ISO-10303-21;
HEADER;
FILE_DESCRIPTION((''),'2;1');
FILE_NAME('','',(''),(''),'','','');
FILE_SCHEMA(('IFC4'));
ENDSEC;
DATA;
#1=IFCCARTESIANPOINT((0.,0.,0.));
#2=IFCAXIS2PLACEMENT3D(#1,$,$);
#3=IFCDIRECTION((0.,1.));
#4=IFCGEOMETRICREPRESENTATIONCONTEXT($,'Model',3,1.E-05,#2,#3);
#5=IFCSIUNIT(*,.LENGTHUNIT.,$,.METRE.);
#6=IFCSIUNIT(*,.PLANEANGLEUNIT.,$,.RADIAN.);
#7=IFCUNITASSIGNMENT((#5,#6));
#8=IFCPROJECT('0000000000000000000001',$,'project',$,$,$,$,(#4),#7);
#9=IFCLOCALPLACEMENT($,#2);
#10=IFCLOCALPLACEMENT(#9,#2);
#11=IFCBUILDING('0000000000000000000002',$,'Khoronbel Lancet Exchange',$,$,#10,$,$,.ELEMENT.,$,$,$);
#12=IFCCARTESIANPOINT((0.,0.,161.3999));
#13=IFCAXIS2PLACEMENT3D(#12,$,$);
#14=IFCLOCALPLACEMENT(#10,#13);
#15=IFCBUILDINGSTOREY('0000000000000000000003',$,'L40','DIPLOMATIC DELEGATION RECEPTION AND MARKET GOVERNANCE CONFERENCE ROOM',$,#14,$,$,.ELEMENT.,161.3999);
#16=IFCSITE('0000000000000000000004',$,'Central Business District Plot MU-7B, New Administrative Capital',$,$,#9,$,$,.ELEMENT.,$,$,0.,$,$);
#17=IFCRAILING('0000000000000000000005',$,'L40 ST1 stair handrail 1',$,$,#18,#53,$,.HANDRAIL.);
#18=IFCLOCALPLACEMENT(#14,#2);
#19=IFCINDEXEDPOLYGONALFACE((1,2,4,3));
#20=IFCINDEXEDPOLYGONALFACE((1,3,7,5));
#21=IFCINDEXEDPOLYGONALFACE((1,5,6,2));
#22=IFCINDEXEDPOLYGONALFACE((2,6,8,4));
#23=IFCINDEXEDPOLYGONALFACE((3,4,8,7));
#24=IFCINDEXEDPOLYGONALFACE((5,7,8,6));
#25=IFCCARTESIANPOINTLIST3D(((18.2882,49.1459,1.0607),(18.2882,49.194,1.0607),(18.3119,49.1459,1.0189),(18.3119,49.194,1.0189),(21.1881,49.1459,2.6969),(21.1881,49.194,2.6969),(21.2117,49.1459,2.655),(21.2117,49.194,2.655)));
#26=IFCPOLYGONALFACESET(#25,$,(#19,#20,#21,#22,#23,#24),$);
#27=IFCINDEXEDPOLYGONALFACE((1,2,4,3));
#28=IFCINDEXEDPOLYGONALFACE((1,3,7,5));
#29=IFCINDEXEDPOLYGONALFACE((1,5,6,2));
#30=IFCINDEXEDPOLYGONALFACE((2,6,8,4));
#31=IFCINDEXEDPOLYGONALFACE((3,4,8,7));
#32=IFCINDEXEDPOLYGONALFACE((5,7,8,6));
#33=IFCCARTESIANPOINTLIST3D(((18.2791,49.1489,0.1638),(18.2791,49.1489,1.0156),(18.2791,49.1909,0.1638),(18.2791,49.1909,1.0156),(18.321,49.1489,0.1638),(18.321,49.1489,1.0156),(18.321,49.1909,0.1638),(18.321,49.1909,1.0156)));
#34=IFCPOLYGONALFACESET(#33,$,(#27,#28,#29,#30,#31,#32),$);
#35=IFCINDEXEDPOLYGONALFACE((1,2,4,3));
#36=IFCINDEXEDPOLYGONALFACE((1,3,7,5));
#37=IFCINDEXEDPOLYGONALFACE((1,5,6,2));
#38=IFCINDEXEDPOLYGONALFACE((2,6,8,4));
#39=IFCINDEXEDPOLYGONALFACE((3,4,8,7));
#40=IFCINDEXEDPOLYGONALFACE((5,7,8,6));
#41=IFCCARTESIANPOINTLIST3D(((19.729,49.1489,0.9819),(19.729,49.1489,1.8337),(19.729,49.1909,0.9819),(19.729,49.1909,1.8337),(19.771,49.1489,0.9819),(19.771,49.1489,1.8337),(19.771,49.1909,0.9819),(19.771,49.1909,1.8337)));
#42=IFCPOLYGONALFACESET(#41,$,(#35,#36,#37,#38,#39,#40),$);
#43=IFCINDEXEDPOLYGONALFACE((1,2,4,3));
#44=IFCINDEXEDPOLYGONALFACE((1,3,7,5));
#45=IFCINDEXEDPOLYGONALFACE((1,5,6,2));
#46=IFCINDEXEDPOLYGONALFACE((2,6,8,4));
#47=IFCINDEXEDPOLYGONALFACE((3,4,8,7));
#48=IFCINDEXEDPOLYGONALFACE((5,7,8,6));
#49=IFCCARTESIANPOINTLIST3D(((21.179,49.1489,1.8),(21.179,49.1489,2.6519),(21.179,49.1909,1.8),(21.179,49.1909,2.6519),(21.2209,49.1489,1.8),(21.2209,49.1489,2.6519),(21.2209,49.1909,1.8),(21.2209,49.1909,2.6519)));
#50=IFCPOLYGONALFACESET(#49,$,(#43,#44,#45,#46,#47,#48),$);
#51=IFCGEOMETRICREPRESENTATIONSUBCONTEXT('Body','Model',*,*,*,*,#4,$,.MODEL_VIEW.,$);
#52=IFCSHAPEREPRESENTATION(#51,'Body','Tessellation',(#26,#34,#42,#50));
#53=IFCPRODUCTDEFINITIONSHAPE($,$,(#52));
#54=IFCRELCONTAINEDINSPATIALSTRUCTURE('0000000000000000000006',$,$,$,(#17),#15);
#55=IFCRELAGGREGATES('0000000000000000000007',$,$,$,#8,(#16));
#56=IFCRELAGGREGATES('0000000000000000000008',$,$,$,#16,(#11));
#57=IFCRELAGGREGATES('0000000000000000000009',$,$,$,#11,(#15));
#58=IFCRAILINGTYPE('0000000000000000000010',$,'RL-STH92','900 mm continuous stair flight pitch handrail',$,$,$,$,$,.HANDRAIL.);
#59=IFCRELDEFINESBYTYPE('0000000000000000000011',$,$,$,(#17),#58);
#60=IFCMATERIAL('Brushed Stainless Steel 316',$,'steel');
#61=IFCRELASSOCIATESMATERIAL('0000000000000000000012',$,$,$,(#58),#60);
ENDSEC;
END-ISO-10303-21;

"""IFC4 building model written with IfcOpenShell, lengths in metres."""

from ifc_helpers import new_model, si_unit, direction, frame, origin, origin_2d, place, context, subcontext, project, spatial, rectangle, extrude, material, type_object, element, save


model = new_model("IFC4")

# Units and contexts
model_context = context("Model", 3, precision=1e-05, world=origin(), true_north=direction((0.0, 1.0)))
body_context = subcontext(model_context, "Body", "Model", "MODEL_VIEW")
ifc_project = project(units=[si_unit("LENGTHUNIT", "METRE"), si_unit("PLANEANGLEUNIT", "RADIAN")], contexts=[model_context])

# Site, building, storey
site_placement = place(None, origin())
site = spatial("IfcSite", under=ifc_project, at=site_placement, Name="Central Business District Plot MU-7B, New Administrative Capital", CompositionType="ELEMENT", RefElevation=0.0)
building_placement = place(site_placement, origin())
building = spatial("IfcBuilding", under=site, at=building_placement, Name="Khoronbel Lancet Exchange", CompositionType="ELEMENT")
storey_placement = place(building_placement, frame((0.0, 0.0, 161.3999)))
storey = spatial("IfcBuildingStorey", under=building, at=storey_placement, Name="L40", Description="DIPLOMATIC DELEGATION RECEPTION AND MARKET GOVERNANCE CONFERENCE ROOM", CompositionType="ELEMENT", Elevation=161.3999)

# Railing
ifc_material_1 = material(Name="Brushed Stainless Steel 316", Category="steel")
railing_type_1 = type_object("IfcRailingType", Name="RL-STH92", Description="900 mm continuous stair flight pitch handrail", PredefinedType="HANDRAIL", material=ifc_material_1)
railing_1_placement = place(storey_placement, frame((18.3, 49.1699, 0.1638)))
element("IfcRailing", 1, at=railing_1_placement, inside=storey, type_object=railing_type_1, Name="L40 ST1 stair handrail 1", PredefinedType="HANDRAIL", context=body_context, shape_type="SweptSolid", body=[
    extrude(rectangle(XDim=0.0481, YDim=0.0481, at=origin_2d()), frame((0.0, 0.0, 0.876), z_axis=(0.870929, 0.0, 0.49141), x_axis=(0.0, 1.0, 0.0)), (0.0, 0.0, 1.0), 3.3296),
    extrude(rectangle(XDim=0.042, YDim=0.042, at=origin_2d()), origin(), (0.0, 0.0, 1.0), 0.8518),
    extrude(rectangle(XDim=0.042, YDim=0.042, at=origin_2d()), frame((1.45, 0.0, 0.8181)), (0.0, 0.0, 1.0), 0.8518),
    extrude(rectangle(XDim=0.042, YDim=0.042, at=origin_2d()), frame((2.8999, 0.0, 1.6362)), (0.0, 0.0, 1.0), 0.8518),
])

save(model, "model.ifc")
